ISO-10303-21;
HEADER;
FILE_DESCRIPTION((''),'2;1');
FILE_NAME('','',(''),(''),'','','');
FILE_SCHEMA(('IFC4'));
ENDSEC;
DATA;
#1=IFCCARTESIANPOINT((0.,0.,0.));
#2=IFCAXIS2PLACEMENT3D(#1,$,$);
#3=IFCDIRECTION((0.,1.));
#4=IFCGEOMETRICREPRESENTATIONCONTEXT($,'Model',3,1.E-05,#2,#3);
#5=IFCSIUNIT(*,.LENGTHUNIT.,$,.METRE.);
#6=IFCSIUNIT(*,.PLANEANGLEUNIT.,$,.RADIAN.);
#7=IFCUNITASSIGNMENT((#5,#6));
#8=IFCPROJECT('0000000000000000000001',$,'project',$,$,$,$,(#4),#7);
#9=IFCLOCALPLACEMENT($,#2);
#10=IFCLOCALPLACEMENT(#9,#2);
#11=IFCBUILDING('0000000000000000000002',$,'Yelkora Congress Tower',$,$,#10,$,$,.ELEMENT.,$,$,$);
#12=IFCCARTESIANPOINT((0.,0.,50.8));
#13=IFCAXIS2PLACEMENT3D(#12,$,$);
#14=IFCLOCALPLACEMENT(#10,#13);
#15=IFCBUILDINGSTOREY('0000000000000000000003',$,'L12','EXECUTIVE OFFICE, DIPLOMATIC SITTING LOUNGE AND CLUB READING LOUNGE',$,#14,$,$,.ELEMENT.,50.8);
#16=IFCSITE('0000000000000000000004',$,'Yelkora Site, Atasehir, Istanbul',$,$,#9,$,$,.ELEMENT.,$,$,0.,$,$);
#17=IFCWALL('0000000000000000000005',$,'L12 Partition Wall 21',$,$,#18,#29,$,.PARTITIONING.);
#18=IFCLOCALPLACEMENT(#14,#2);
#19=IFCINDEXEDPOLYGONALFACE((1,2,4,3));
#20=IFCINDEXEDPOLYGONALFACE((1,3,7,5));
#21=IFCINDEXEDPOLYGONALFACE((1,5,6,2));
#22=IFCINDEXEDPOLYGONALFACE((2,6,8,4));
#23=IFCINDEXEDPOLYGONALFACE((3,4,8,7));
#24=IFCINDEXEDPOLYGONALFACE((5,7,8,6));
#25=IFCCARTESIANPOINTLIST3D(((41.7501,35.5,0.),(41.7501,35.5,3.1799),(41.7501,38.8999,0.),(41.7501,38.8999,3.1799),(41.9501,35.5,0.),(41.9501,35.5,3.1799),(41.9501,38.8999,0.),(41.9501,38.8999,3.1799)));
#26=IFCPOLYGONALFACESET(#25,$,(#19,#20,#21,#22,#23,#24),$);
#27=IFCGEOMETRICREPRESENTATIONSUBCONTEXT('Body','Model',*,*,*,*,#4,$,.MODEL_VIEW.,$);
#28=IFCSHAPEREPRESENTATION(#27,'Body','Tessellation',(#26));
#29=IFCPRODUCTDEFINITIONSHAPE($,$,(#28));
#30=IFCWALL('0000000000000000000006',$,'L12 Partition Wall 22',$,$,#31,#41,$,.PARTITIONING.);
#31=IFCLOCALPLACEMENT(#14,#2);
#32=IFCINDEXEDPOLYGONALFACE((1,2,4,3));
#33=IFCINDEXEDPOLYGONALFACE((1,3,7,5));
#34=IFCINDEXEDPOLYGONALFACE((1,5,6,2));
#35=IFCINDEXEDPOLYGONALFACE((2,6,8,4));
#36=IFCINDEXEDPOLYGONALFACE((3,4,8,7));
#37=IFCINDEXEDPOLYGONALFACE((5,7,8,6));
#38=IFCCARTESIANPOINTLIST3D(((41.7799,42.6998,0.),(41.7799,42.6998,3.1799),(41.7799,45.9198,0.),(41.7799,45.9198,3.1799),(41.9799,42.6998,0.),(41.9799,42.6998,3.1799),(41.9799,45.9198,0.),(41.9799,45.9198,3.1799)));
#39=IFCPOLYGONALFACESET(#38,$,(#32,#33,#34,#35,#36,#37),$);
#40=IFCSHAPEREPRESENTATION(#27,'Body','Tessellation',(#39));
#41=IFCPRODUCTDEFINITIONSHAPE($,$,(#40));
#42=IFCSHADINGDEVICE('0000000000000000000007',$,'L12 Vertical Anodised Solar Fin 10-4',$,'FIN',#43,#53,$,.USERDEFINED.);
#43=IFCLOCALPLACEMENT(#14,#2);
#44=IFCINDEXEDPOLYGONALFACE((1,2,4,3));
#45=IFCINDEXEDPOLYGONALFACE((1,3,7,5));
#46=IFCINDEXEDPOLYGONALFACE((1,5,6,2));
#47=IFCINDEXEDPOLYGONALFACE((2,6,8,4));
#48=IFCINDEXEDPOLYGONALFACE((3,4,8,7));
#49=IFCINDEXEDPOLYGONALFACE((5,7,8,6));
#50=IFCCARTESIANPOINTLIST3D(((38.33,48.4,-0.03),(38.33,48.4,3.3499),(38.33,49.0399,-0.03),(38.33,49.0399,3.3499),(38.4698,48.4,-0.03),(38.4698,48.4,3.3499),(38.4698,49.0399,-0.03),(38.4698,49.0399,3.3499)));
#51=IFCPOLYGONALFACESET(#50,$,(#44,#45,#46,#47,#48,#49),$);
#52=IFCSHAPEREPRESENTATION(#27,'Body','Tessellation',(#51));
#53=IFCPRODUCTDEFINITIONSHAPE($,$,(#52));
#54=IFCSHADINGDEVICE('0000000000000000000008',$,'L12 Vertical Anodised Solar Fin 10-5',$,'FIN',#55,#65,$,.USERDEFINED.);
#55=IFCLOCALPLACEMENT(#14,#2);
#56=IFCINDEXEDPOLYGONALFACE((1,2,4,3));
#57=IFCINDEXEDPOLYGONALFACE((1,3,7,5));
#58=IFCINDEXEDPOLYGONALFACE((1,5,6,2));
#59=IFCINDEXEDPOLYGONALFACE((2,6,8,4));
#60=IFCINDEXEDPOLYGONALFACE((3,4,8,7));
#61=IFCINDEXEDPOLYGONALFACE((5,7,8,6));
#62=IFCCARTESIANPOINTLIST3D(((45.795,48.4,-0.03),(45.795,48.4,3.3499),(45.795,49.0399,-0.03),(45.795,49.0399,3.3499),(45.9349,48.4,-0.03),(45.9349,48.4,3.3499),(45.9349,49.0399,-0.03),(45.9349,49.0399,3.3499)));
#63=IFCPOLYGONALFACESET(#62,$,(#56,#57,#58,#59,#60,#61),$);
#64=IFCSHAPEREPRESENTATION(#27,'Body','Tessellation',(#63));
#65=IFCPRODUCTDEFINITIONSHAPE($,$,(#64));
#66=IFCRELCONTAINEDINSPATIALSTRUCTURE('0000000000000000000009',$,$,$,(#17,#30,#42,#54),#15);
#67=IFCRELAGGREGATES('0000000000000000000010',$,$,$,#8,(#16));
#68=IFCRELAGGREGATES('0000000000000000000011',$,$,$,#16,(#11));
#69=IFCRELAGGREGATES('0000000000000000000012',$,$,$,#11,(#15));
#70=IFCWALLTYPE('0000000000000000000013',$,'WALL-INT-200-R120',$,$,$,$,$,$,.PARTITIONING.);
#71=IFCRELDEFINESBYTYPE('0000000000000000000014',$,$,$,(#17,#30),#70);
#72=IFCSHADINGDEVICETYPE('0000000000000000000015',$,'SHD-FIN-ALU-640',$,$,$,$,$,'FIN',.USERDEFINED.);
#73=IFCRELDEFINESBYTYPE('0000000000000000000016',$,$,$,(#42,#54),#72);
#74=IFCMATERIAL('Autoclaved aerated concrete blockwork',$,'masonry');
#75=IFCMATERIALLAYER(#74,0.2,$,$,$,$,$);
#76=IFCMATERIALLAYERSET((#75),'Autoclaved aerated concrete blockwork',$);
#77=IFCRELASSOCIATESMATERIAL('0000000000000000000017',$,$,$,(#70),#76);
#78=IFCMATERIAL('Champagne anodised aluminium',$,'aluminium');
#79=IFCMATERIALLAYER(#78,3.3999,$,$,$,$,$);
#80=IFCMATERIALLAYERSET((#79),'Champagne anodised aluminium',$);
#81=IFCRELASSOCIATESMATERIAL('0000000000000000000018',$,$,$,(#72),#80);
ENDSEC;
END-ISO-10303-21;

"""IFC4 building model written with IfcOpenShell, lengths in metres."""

from ifc_helpers import new_model, si_unit, direction, frame, frame_2d, origin, origin_2d, place, context, subcontext, project, spatial, rectangle, extrude, material, layer, layer_set, type_object, element, save


model = new_model("IFC4")

# Units and contexts
model_context = context("Model", 3, precision=1e-05, world=origin(), true_north=direction((0.0, 1.0)))
body_context = subcontext(model_context, "Body", "Model", "MODEL_VIEW")
ifc_project = project(units=[si_unit("LENGTHUNIT", "METRE"), si_unit("PLANEANGLEUNIT", "RADIAN")], contexts=[model_context])

# Site, building, storey
site_placement = place(None, origin())
site = spatial("IfcSite", under=ifc_project, at=site_placement, Name="Yelkora Site, Atasehir, Istanbul", CompositionType="ELEMENT", RefElevation=0.0)
building_placement = place(site_placement, origin())
building = spatial("IfcBuilding", under=site, at=building_placement, Name="Yelkora Congress Tower", CompositionType="ELEMENT")
storey_placement = place(building_placement, frame((0.0, 0.0, 50.8)))
storey = spatial("IfcBuildingStorey", under=building, at=storey_placement, Name="L12", Description="EXECUTIVE OFFICE, DIPLOMATIC SITTING LOUNGE AND CLUB READING LOUNGE", CompositionType="ELEMENT", Elevation=50.8)

# Walls
ifc_material_1 = material(Name="Autoclaved aerated concrete blockwork", Category="masonry")
ifc_layer_1 = layer(ifc_material_1, 0.2)
ifc_layer_set_1 = layer_set([ifc_layer_1], Name="Autoclaved aerated concrete blockwork")
wall_type_1 = type_object("IfcWallType", Name="WALL-INT-200-R120", PredefinedType="PARTITIONING", material=ifc_layer_set_1)
wall_1_placement = place(storey_placement, frame((41.8501, 35.5, 0.0), z_axis=(0.0, 0.0, 1.0), x_axis=(0.0, 1.0, 0.0)))
element("IfcWall", 1, at=wall_1_placement, inside=storey, type_object=wall_type_1, Name="L12 Partition Wall 21", PredefinedType="PARTITIONING", context=body_context, shape_type="SweptSolid", body=[
    extrude(rectangle(XDim=3.3999, YDim=0.2, at=frame_2d((1.7, 0.0))), origin(), (0.0, 0.0, 1.0), 3.1799),
])
wall_2_placement = place(storey_placement, frame((41.8799, 42.7, 0.0), z_axis=(0.0, 0.0, 1.0), x_axis=(0.0, 1.0, 0.0)))
element("IfcWall", 2, at=wall_2_placement, inside=storey, type_object=wall_type_1, Name="L12 Partition Wall 22", PredefinedType="PARTITIONING", context=body_context, shape_type="SweptSolid", body=[
    extrude(rectangle(XDim=3.22, YDim=0.2, at=frame_2d((1.6099, 0.0))), origin(), (0.0, 0.0, 1.0), 3.1799),
])

# Shading devices
ifc_material_2 = material(Name="Champagne anodised aluminium", Category="aluminium")
ifc_layer_2 = layer(ifc_material_2, 3.3999)
ifc_layer_set_2 = layer_set([ifc_layer_2], Name="Champagne anodised aluminium")
shading_device_type = type_object("IfcShadingDeviceType", Name="SHD-FIN-ALU-640", ElementType="FIN", PredefinedType="USERDEFINED", material=ifc_layer_set_2)
for number, where, z_axis, x_axis, name in (
    (3, (38.3999, 48.72, -0.03), (0.0, 0.0, 1.0), (1.0, 0.0, 0.0), "L12 Vertical Anodised Solar Fin 10-4"),
    (4, (45.865, 48.72, -0.03), (0.0, 0.0, 1.0), (1.0, 0.0, 0.0), "L12 Vertical Anodised Solar Fin 10-5"),
):
    element("IfcShadingDevice", number, at=place(storey_placement, frame(where, z_axis=z_axis, x_axis=x_axis)), inside=storey, type_object=shading_device_type, Name=name, ObjectType="FIN", PredefinedType="USERDEFINED", context=body_context, shape_type="SweptSolid", body=[
        extrude(rectangle(XDim=0.1399, YDim=0.6399, at=origin_2d()), origin(), (0.0, 0.0, 1.0), 3.3799),
    ])

save(model, "model.ifc")
